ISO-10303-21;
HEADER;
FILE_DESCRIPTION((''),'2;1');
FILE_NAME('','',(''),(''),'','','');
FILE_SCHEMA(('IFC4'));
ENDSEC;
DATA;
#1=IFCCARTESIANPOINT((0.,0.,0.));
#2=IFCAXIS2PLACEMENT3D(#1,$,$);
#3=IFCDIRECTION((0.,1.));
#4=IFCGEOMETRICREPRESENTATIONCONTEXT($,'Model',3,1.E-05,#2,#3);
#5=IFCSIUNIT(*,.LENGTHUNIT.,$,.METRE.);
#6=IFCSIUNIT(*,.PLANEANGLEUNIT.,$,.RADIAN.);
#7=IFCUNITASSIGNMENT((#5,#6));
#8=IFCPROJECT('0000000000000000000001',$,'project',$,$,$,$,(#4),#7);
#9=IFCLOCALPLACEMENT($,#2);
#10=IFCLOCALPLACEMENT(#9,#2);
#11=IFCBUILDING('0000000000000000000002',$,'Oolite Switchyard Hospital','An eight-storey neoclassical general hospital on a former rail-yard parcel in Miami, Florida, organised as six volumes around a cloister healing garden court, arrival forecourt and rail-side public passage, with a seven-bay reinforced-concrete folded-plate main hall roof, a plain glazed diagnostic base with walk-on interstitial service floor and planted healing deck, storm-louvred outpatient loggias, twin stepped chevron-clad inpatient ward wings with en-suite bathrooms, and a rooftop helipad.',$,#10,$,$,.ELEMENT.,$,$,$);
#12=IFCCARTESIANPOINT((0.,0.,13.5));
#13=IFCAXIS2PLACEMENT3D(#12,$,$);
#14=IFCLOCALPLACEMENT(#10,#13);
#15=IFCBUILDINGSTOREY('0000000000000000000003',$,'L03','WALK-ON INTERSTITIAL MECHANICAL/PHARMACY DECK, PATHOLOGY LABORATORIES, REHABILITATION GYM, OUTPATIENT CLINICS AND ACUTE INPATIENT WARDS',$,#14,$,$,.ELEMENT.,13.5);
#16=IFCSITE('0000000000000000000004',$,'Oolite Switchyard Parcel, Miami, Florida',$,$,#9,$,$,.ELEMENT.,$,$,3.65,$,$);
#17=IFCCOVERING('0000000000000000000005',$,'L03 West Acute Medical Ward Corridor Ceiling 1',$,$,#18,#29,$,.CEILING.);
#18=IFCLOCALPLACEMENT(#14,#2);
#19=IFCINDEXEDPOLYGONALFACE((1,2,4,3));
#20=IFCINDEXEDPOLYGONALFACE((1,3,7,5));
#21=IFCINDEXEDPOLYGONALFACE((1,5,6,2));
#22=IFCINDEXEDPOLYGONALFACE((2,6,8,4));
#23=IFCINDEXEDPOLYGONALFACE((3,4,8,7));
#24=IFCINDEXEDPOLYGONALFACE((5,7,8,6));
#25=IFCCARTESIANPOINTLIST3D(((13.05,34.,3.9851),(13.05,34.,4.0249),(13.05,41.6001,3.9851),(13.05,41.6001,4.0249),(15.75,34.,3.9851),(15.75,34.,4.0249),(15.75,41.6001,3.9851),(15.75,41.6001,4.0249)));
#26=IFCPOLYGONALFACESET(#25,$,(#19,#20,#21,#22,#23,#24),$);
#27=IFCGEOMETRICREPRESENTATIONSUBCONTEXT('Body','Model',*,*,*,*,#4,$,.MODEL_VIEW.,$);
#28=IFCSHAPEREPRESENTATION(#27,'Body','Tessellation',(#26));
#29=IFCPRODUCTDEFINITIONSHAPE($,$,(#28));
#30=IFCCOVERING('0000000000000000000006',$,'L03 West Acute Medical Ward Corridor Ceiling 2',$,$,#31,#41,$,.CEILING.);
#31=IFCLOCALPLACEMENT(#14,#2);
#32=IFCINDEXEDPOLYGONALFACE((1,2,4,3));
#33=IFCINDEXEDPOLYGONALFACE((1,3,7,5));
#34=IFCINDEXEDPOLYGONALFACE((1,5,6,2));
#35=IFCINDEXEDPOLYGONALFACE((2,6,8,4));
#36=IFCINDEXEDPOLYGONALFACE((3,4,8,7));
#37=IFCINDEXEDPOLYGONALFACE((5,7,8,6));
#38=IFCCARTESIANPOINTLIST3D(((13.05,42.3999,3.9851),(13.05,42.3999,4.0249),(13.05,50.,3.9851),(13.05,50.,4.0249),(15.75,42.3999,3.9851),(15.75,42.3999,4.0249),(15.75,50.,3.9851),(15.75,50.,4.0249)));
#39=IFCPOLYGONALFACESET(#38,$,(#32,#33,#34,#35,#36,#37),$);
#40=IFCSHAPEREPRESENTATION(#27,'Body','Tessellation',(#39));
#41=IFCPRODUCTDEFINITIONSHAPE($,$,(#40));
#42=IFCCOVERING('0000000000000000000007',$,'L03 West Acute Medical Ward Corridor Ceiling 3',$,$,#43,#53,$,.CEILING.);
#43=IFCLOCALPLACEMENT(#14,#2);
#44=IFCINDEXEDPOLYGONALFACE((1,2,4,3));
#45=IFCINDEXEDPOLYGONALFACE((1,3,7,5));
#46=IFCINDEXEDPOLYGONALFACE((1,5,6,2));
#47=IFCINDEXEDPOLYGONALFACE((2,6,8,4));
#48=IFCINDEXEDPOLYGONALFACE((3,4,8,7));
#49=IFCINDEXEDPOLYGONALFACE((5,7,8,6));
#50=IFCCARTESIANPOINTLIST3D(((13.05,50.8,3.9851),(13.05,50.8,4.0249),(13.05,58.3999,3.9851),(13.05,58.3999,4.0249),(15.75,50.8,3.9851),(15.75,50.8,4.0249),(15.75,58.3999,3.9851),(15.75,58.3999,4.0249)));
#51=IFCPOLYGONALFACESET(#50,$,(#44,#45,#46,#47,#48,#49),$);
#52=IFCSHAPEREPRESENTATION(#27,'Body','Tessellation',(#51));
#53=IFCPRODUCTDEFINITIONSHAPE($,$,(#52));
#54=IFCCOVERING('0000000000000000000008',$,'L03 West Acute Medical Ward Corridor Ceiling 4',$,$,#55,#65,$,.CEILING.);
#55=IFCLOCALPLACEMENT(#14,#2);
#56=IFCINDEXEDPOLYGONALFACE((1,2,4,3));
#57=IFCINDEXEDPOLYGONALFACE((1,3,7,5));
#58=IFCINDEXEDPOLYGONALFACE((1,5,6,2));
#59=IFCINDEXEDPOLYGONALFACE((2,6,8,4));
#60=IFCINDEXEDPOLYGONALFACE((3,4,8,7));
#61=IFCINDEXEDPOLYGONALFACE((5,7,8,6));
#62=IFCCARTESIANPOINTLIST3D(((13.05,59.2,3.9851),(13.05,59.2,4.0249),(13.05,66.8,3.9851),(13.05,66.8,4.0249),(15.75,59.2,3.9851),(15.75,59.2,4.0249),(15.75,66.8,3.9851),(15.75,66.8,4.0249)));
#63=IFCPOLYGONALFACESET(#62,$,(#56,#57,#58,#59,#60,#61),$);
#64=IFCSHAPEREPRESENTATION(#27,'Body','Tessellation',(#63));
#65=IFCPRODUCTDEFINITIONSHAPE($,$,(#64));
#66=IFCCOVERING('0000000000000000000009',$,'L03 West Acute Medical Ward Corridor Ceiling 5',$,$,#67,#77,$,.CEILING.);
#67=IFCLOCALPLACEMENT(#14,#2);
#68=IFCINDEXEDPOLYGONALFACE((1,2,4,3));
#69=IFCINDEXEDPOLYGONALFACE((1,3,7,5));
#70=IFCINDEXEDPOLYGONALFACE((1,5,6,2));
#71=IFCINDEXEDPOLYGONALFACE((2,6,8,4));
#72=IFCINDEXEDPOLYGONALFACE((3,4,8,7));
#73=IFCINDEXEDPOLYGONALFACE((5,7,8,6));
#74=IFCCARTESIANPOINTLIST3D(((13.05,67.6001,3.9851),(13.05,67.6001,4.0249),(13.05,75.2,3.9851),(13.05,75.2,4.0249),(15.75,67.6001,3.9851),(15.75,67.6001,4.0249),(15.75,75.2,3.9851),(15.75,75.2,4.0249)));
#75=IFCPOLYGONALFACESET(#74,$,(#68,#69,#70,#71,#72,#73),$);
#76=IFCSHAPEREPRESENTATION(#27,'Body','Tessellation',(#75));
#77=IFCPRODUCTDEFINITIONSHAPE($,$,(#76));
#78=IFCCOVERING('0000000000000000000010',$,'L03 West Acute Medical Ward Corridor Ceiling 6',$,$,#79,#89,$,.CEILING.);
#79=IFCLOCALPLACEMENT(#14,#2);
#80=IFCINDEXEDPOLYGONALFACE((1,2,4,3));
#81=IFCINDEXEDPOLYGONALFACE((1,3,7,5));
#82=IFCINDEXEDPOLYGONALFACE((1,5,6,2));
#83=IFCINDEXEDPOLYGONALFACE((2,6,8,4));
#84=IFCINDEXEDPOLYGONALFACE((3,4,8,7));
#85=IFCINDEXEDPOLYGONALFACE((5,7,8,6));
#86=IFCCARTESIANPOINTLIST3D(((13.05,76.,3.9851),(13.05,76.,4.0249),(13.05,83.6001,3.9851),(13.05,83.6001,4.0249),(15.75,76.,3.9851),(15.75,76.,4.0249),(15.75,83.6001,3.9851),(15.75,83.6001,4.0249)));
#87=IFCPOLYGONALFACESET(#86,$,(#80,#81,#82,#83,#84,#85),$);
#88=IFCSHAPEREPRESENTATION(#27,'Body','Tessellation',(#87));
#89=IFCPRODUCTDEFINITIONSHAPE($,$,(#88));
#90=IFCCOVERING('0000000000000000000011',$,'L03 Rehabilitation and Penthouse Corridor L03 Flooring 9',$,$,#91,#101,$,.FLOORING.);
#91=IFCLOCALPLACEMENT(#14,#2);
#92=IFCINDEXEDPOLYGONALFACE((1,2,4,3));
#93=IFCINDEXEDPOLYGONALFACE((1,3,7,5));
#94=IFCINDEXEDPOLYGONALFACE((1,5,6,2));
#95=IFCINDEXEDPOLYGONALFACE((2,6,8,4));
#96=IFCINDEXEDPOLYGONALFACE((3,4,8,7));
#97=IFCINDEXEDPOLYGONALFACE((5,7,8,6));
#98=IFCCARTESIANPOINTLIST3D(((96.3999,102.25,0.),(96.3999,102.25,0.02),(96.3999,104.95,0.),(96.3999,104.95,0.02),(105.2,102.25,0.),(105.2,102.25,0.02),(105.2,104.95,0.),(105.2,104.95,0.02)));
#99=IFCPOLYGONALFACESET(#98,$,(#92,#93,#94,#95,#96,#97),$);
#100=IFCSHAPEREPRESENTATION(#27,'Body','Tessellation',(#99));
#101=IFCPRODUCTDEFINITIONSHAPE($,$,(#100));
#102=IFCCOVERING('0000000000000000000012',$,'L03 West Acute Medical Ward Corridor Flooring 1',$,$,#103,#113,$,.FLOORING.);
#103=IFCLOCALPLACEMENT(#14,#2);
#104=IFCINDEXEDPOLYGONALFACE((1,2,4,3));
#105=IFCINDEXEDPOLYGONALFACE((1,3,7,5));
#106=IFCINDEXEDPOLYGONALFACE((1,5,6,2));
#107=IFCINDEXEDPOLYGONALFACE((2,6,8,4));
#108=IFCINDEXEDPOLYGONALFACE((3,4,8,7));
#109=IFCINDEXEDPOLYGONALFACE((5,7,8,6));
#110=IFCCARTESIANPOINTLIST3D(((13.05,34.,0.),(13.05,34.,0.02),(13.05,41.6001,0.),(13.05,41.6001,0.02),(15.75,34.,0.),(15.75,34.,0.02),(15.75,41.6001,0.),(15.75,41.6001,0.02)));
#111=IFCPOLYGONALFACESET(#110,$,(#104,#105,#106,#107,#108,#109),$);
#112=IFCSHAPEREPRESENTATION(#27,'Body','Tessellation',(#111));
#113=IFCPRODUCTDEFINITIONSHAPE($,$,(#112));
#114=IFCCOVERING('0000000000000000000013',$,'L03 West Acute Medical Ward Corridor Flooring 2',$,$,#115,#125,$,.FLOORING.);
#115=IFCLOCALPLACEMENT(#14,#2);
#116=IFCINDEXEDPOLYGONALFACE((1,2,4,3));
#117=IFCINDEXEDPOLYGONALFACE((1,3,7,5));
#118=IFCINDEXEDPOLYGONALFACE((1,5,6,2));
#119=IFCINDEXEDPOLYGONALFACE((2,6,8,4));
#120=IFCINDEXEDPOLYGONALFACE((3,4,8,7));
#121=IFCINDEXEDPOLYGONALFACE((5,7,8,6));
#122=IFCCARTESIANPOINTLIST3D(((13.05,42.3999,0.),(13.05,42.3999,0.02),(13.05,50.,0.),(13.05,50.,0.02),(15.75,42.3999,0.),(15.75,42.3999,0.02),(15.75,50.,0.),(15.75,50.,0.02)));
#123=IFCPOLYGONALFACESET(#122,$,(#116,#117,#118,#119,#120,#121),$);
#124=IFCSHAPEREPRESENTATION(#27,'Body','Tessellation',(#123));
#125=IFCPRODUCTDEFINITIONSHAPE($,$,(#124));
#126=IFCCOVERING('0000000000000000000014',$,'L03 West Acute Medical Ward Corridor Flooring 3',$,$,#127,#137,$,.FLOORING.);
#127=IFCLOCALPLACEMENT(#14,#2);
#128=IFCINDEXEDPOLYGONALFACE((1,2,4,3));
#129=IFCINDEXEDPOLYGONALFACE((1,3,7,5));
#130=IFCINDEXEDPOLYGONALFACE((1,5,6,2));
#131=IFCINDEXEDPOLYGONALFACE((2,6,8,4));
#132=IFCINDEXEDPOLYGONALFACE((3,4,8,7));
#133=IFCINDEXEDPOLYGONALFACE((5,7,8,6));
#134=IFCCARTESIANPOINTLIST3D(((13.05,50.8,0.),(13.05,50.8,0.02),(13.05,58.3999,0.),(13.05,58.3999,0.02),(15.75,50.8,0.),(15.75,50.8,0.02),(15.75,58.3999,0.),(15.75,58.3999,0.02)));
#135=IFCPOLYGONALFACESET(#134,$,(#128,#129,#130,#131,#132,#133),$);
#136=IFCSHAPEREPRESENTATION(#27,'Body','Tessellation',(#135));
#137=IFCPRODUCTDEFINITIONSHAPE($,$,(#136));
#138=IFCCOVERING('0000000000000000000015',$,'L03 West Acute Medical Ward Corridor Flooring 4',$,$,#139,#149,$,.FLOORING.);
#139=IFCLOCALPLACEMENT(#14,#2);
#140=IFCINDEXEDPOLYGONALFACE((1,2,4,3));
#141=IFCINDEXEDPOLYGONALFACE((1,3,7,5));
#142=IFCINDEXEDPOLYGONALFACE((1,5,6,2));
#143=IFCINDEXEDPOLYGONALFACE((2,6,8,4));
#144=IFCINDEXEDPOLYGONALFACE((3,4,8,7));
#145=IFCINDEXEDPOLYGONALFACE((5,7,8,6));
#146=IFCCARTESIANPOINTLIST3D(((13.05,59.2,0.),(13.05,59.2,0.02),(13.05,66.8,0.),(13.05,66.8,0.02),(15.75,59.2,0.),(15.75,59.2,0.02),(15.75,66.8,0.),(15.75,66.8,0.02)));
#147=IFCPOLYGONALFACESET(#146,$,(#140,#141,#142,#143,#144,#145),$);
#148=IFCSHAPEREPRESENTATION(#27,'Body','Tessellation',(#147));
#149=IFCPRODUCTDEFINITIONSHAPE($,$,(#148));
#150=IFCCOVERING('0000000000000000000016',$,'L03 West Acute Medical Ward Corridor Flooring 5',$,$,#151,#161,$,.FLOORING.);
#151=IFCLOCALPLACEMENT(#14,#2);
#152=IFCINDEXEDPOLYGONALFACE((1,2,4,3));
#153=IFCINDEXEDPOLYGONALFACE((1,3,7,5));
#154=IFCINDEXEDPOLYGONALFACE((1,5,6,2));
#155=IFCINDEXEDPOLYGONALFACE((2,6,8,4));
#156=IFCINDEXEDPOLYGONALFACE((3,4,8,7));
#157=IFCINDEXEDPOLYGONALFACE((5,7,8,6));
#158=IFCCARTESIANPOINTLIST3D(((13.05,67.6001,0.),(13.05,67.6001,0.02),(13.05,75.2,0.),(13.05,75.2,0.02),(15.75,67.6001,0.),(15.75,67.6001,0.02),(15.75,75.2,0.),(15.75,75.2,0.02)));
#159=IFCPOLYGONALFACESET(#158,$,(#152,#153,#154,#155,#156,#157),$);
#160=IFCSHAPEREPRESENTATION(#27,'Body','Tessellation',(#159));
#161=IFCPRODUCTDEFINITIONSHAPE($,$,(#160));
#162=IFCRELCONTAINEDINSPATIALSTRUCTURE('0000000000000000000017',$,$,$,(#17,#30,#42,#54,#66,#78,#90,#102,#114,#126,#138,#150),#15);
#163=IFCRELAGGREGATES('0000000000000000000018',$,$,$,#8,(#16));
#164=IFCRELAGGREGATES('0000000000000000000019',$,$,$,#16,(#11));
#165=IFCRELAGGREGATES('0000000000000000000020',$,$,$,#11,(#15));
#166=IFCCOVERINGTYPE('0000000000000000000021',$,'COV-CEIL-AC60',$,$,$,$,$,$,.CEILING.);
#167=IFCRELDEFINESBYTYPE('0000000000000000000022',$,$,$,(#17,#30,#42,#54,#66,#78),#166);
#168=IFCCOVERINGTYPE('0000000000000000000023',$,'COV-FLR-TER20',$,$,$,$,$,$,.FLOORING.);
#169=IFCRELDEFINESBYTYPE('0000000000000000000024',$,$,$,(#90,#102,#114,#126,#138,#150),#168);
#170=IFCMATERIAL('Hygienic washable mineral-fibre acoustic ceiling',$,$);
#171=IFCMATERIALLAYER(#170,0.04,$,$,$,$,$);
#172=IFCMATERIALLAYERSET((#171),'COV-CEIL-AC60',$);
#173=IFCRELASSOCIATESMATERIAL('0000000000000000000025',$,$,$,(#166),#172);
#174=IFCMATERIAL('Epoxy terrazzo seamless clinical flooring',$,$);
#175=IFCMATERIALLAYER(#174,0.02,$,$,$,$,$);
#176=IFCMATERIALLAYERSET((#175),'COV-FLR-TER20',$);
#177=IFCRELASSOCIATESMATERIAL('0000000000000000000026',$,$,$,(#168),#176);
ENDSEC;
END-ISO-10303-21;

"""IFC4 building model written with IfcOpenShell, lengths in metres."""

from ifc_helpers import new_model, si_unit, direction, frame, origin, place, context, subcontext, project, spatial, polyline, outline, extrude, material, layer, layer_set, type_object, element, save


model = new_model("IFC4")

# Units and contexts
model_context = context("Model", 3, precision=1e-05, world=origin(), true_north=direction((0.0, 1.0)))
body_context = subcontext(model_context, "Body", "Model", "MODEL_VIEW")
ifc_project = project(units=[si_unit("LENGTHUNIT", "METRE"), si_unit("PLANEANGLEUNIT", "RADIAN")], contexts=[model_context])

# Site, building, storey
site_placement = place(None, origin())
site = spatial("IfcSite", under=ifc_project, at=site_placement, Name="Oolite Switchyard Parcel, Miami, Florida", CompositionType="ELEMENT", RefElevation=3.65)
building_placement = place(site_placement, origin())
building = spatial("IfcBuilding", under=site, at=building_placement, Name="Oolite Switchyard Hospital", Description="An eight-storey neoclassical general hospital on a former rail-yard parcel in Miami, Florida, organised as six volumes around a cloister healing garden court, arrival forecourt and rail-side public passage, with a seven-bay reinforced-concrete folded-plate main hall roof, a plain glazed diagnostic base with walk-on interstitial service floor and planted healing deck, storm-louvred outpatient loggias, twin stepped chevron-clad inpatient ward wings with en-suite bathrooms, and a rooftop helipad.", CompositionType="ELEMENT")
storey_placement = place(building_placement, frame((0.0, 0.0, 13.5)))
storey = spatial("IfcBuildingStorey", under=building, at=storey_placement, Name="L03", Description="WALK-ON INTERSTITIAL MECHANICAL/PHARMACY DECK, PATHOLOGY LABORATORIES, REHABILITATION GYM, OUTPATIENT CLINICS AND ACUTE INPATIENT WARDS", CompositionType="ELEMENT", Elevation=13.5)

# Coverings
ifc_material_1 = material(Name="Hygienic washable mineral-fibre acoustic ceiling")
ifc_layer_1 = layer(ifc_material_1, 0.04)
ifc_layer_set_1 = layer_set([ifc_layer_1], Name="COV-CEIL-AC60")
covering_type_1 = type_object("IfcCoveringType", Name="COV-CEIL-AC60", PredefinedType="CEILING", material=ifc_layer_set_1)
covering_1_placement = place(storey_placement, frame((0.0, 0.0, 3.9851)))
element("IfcCovering", 1, at=covering_1_placement, inside=storey, type_object=covering_type_1, Name="L03 West Acute Medical Ward Corridor Ceiling 1", PredefinedType="CEILING", context=body_context, shape_type="SweptSolid", body=[
    extrude(outline(polyline([(13.05, 34.0), (15.75, 34.0), (15.75, 41.6001), (13.05, 41.6001), (13.05, 34.0)])), origin(), (0.0, 0.0, 1.0), 0.0398),
])
covering_2_placement = place(storey_placement, frame((0.0, 0.0, 3.9851)))
element("IfcCovering", 2, at=covering_2_placement, inside=storey, type_object=covering_type_1, Name="L03 West Acute Medical Ward Corridor Ceiling 2", PredefinedType="CEILING", context=body_context, shape_type="SweptSolid", body=[
    extrude(outline(polyline([(13.05, 42.3999), (15.75, 42.3999), (15.75, 50.0), (13.05, 50.0), (13.05, 42.3999)])), origin(), (0.0, 0.0, 1.0), 0.0398),
])
covering_3_placement = place(storey_placement, frame((0.0, 0.0, 3.9851)))
element("IfcCovering", 3, at=covering_3_placement, inside=storey, type_object=covering_type_1, Name="L03 West Acute Medical Ward Corridor Ceiling 3", PredefinedType="CEILING", context=body_context, shape_type="SweptSolid", body=[
    extrude(outline(polyline([(13.05, 50.8), (15.75, 50.8), (15.75, 58.3999), (13.05, 58.3999), (13.05, 50.8)])), origin(), (0.0, 0.0, 1.0), 0.0398),
])
covering_4_placement = place(storey_placement, frame((0.0, 0.0, 3.9851)))
element("IfcCovering", 4, at=covering_4_placement, inside=storey, type_object=covering_type_1, Name="L03 West Acute Medical Ward Corridor Ceiling 4", PredefinedType="CEILING", context=body_context, shape_type="SweptSolid", body=[
    extrude(outline(polyline([(13.05, 59.2), (15.75, 59.2), (15.75, 66.8), (13.05, 66.8), (13.05, 59.2)])), origin(), (0.0, 0.0, 1.0), 0.0398),
])
covering_5_placement = place(storey_placement, frame((0.0, 0.0, 3.9851)))
element("IfcCovering", 5, at=covering_5_placement, inside=storey, type_object=covering_type_1, Name="L03 West Acute Medical Ward Corridor Ceiling 5", PredefinedType="CEILING", context=body_context, shape_type="SweptSolid", body=[
    extrude(outline(polyline([(13.05, 67.6001), (15.75, 67.6001), (15.75, 75.2), (13.05, 75.2), (13.05, 67.6001)])), origin(), (0.0, 0.0, 1.0), 0.0398),
])
covering_6_placement = place(storey_placement, frame((0.0, 0.0, 3.9851)))
element("IfcCovering", 6, at=covering_6_placement, inside=storey, type_object=covering_type_1, Name="L03 West Acute Medical Ward Corridor Ceiling 6", PredefinedType="CEILING", context=body_context, shape_type="SweptSolid", body=[
    extrude(outline(polyline([(13.05, 76.0), (15.75, 76.0), (15.75, 83.6001), (13.05, 83.6001), (13.05, 76.0)])), origin(), (0.0, 0.0, 1.0), 0.0398),
])
ifc_material_2 = material(Name="Epoxy terrazzo seamless clinical flooring")
ifc_layer_2 = layer(ifc_material_2, 0.02)
ifc_layer_set_2 = layer_set([ifc_layer_2], Name="COV-FLR-TER20")
covering_type_2 = type_object("IfcCoveringType", Name="COV-FLR-TER20", PredefinedType="FLOORING", material=ifc_layer_set_2)
covering_7_placement = place(storey_placement, origin())
element("IfcCovering", 7, at=covering_7_placement, inside=storey, type_object=covering_type_2, Name="L03 Rehabilitation and Penthouse Corridor L03 Flooring 9", PredefinedType="FLOORING", context=body_context, shape_type="SweptSolid", body=[
    extrude(outline(polyline([(96.3999, 102.25), (105.2, 102.25), (105.2, 104.95), (96.3999, 104.95), (96.3999, 102.25)])), origin(), (0.0, 0.0, 1.0), 0.02),
])
covering_8_placement = place(storey_placement, origin())
element("IfcCovering", 8, at=covering_8_placement, inside=storey, type_object=covering_type_2, Name="L03 West Acute Medical Ward Corridor Flooring 1", PredefinedType="FLOORING", context=body_context, shape_type="SweptSolid", body=[
    extrude(outline(polyline([(13.05, 34.0), (15.75, 34.0), (15.75, 41.6001), (13.05, 41.6001), (13.05, 34.0)])), origin(), (0.0, 0.0, 1.0), 0.02),
])
covering_9_placement = place(storey_placement, origin())
element("IfcCovering", 9, at=covering_9_placement, inside=storey, type_object=covering_type_2, Name="L03 West Acute Medical Ward Corridor Flooring 2", PredefinedType="FLOORING", context=body_context, shape_type="SweptSolid", body=[
    extrude(outline(polyline([(13.05, 42.3999), (15.75, 42.3999), (15.75, 50.0), (13.05, 50.0), (13.05, 42.3999)])), origin(), (0.0, 0.0, 1.0), 0.02),
])
covering_10_placement = place(storey_placement, origin())
element("IfcCovering", 10, at=covering_10_placement, inside=storey, type_object=covering_type_2, Name="L03 West Acute Medical Ward Corridor Flooring 3", PredefinedType="FLOORING", context=body_context, shape_type="SweptSolid", body=[
    extrude(outline(polyline([(13.05, 50.8), (15.75, 50.8), (15.75, 58.3999), (13.05, 58.3999), (13.05, 50.8)])), origin(), (0.0, 0.0, 1.0), 0.02),
])
covering_11_placement = place(storey_placement, origin())
element("IfcCovering", 11, at=covering_11_placement, inside=storey, type_object=covering_type_2, Name="L03 West Acute Medical Ward Corridor Flooring 4", PredefinedType="FLOORING", context=body_context, shape_type="SweptSolid", body=[
    extrude(outline(polyline([(13.05, 59.2), (15.75, 59.2), (15.75, 66.8), (13.05, 66.8), (13.05, 59.2)])), origin(), (0.0, 0.0, 1.0), 0.02),
])
covering_12_placement = place(storey_placement, origin())
element("IfcCovering", 12, at=covering_12_placement, inside=storey, type_object=covering_type_2, Name="L03 West Acute Medical Ward Corridor Flooring 5", PredefinedType="FLOORING", context=body_context, shape_type="SweptSolid", body=[
    extrude(outline(polyline([(13.05, 67.6001), (15.75, 67.6001), (15.75, 75.2), (13.05, 75.2), (13.05, 67.6001)])), origin(), (0.0, 0.0, 1.0), 0.02),
])

save(model, "model.ifc")
